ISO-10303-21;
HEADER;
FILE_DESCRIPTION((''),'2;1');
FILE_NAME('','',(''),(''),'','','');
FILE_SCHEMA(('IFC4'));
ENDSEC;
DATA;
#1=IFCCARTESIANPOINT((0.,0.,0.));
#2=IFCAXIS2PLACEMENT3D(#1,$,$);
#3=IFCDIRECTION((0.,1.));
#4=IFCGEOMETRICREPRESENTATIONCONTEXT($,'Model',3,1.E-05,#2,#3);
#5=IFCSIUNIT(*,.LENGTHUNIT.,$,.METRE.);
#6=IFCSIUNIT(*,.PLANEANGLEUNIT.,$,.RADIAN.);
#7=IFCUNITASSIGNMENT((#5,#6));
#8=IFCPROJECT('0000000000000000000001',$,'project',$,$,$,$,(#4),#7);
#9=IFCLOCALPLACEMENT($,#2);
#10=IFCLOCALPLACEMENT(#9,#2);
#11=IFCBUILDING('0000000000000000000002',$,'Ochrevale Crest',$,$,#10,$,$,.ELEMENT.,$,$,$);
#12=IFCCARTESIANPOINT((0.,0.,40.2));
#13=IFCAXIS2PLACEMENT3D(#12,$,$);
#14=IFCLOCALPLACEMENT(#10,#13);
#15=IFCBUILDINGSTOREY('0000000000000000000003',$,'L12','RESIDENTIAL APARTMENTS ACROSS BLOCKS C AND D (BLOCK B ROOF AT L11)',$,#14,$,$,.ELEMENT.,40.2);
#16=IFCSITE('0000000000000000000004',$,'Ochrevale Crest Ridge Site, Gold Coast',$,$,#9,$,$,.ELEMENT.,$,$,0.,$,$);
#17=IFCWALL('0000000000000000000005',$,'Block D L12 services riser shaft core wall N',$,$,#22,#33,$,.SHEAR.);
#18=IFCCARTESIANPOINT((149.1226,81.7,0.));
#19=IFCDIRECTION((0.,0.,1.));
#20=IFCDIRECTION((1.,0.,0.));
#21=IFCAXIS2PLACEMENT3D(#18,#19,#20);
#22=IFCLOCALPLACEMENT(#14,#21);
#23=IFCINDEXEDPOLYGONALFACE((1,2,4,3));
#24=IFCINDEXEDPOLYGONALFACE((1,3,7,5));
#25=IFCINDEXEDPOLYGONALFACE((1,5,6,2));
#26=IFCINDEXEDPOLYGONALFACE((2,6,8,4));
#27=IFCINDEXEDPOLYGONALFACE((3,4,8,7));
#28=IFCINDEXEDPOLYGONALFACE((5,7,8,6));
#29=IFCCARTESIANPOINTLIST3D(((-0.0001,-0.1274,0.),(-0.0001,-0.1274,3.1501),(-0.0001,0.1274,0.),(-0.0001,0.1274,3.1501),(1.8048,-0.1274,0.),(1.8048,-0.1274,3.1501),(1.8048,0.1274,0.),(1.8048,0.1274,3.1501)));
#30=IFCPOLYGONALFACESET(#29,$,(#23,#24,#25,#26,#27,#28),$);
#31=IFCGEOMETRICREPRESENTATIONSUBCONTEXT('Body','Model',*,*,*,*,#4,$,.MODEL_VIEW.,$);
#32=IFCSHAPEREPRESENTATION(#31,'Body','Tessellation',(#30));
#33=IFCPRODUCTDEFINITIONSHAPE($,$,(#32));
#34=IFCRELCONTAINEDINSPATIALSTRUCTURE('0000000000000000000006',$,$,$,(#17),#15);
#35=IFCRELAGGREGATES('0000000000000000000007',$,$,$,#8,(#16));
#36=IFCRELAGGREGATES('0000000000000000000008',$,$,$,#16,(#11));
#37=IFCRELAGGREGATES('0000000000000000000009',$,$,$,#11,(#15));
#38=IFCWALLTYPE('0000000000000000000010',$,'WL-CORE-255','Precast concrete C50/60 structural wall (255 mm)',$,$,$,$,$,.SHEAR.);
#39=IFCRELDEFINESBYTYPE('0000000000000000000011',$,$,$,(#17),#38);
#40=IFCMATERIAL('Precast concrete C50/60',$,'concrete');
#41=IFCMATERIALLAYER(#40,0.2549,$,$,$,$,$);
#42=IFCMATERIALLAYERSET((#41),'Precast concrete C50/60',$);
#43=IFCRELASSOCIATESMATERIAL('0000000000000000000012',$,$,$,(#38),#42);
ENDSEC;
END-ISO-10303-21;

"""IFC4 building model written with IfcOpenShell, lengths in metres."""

from ifc_helpers import new_model, si_unit, direction, frame, frame_2d, origin, place, context, subcontext, project, spatial, rectangle, extrude, material, layer, layer_set, type_object, element, save


model = new_model("IFC4")

# Units and contexts
model_context = context("Model", 3, precision=1e-05, world=origin(), true_north=direction((0.0, 1.0)))
body_context = subcontext(model_context, "Body", "Model", "MODEL_VIEW")
ifc_project = project(units=[si_unit("LENGTHUNIT", "METRE"), si_unit("PLANEANGLEUNIT", "RADIAN")], contexts=[model_context])

# Site, building, storey
site_placement = place(None, origin())
site = spatial("IfcSite", under=ifc_project, at=site_placement, Name="Ochrevale Crest Ridge Site, Gold Coast", CompositionType="ELEMENT", RefElevation=0.0)
building_placement = place(site_placement, origin())
building = spatial("IfcBuilding", under=site, at=building_placement, Name="Ochrevale Crest", CompositionType="ELEMENT")
storey_placement = place(building_placement, frame((0.0, 0.0, 40.2)))
storey = spatial("IfcBuildingStorey", under=building, at=storey_placement, Name="L12", Description="RESIDENTIAL APARTMENTS ACROSS BLOCKS C AND D (BLOCK B ROOF AT L11)", CompositionType="ELEMENT", Elevation=40.2)

# Shared definitions
ifc_material_1 = material(Name="Precast concrete C50/60", Category="concrete")

# Shared definitions
ifc_layer_1 = layer(ifc_material_1, 0.2549)
ifc_layer_set_1 = layer_set([ifc_layer_1], Name="Precast concrete C50/60")
wall_type_1 = type_object("IfcWallType", Name="WL-CORE-255", Description="Precast concrete C50/60 structural wall (255 mm)", PredefinedType="SHEAR", material=ifc_layer_set_1)

# Wall
wall_1_placement = place(storey_placement, frame((149.1226, 81.7, 0.0), z_axis=(0.0, 0.0, 1.0), x_axis=(1.0, 0.0, 0.0)))
element("IfcWall", 1, at=wall_1_placement, inside=storey, type_object=wall_type_1, Name="Block D L12 services riser shaft core wall N", PredefinedType="SHEAR", context=body_context, shape_type="SweptSolid", body=[
    extrude(rectangle(XDim=1.8049, YDim=0.2549, at=frame_2d((0.9023, 0.0))), origin(), (0.0, 0.0, 1.0), 3.1501),
])

save(model, "model.ifc")
